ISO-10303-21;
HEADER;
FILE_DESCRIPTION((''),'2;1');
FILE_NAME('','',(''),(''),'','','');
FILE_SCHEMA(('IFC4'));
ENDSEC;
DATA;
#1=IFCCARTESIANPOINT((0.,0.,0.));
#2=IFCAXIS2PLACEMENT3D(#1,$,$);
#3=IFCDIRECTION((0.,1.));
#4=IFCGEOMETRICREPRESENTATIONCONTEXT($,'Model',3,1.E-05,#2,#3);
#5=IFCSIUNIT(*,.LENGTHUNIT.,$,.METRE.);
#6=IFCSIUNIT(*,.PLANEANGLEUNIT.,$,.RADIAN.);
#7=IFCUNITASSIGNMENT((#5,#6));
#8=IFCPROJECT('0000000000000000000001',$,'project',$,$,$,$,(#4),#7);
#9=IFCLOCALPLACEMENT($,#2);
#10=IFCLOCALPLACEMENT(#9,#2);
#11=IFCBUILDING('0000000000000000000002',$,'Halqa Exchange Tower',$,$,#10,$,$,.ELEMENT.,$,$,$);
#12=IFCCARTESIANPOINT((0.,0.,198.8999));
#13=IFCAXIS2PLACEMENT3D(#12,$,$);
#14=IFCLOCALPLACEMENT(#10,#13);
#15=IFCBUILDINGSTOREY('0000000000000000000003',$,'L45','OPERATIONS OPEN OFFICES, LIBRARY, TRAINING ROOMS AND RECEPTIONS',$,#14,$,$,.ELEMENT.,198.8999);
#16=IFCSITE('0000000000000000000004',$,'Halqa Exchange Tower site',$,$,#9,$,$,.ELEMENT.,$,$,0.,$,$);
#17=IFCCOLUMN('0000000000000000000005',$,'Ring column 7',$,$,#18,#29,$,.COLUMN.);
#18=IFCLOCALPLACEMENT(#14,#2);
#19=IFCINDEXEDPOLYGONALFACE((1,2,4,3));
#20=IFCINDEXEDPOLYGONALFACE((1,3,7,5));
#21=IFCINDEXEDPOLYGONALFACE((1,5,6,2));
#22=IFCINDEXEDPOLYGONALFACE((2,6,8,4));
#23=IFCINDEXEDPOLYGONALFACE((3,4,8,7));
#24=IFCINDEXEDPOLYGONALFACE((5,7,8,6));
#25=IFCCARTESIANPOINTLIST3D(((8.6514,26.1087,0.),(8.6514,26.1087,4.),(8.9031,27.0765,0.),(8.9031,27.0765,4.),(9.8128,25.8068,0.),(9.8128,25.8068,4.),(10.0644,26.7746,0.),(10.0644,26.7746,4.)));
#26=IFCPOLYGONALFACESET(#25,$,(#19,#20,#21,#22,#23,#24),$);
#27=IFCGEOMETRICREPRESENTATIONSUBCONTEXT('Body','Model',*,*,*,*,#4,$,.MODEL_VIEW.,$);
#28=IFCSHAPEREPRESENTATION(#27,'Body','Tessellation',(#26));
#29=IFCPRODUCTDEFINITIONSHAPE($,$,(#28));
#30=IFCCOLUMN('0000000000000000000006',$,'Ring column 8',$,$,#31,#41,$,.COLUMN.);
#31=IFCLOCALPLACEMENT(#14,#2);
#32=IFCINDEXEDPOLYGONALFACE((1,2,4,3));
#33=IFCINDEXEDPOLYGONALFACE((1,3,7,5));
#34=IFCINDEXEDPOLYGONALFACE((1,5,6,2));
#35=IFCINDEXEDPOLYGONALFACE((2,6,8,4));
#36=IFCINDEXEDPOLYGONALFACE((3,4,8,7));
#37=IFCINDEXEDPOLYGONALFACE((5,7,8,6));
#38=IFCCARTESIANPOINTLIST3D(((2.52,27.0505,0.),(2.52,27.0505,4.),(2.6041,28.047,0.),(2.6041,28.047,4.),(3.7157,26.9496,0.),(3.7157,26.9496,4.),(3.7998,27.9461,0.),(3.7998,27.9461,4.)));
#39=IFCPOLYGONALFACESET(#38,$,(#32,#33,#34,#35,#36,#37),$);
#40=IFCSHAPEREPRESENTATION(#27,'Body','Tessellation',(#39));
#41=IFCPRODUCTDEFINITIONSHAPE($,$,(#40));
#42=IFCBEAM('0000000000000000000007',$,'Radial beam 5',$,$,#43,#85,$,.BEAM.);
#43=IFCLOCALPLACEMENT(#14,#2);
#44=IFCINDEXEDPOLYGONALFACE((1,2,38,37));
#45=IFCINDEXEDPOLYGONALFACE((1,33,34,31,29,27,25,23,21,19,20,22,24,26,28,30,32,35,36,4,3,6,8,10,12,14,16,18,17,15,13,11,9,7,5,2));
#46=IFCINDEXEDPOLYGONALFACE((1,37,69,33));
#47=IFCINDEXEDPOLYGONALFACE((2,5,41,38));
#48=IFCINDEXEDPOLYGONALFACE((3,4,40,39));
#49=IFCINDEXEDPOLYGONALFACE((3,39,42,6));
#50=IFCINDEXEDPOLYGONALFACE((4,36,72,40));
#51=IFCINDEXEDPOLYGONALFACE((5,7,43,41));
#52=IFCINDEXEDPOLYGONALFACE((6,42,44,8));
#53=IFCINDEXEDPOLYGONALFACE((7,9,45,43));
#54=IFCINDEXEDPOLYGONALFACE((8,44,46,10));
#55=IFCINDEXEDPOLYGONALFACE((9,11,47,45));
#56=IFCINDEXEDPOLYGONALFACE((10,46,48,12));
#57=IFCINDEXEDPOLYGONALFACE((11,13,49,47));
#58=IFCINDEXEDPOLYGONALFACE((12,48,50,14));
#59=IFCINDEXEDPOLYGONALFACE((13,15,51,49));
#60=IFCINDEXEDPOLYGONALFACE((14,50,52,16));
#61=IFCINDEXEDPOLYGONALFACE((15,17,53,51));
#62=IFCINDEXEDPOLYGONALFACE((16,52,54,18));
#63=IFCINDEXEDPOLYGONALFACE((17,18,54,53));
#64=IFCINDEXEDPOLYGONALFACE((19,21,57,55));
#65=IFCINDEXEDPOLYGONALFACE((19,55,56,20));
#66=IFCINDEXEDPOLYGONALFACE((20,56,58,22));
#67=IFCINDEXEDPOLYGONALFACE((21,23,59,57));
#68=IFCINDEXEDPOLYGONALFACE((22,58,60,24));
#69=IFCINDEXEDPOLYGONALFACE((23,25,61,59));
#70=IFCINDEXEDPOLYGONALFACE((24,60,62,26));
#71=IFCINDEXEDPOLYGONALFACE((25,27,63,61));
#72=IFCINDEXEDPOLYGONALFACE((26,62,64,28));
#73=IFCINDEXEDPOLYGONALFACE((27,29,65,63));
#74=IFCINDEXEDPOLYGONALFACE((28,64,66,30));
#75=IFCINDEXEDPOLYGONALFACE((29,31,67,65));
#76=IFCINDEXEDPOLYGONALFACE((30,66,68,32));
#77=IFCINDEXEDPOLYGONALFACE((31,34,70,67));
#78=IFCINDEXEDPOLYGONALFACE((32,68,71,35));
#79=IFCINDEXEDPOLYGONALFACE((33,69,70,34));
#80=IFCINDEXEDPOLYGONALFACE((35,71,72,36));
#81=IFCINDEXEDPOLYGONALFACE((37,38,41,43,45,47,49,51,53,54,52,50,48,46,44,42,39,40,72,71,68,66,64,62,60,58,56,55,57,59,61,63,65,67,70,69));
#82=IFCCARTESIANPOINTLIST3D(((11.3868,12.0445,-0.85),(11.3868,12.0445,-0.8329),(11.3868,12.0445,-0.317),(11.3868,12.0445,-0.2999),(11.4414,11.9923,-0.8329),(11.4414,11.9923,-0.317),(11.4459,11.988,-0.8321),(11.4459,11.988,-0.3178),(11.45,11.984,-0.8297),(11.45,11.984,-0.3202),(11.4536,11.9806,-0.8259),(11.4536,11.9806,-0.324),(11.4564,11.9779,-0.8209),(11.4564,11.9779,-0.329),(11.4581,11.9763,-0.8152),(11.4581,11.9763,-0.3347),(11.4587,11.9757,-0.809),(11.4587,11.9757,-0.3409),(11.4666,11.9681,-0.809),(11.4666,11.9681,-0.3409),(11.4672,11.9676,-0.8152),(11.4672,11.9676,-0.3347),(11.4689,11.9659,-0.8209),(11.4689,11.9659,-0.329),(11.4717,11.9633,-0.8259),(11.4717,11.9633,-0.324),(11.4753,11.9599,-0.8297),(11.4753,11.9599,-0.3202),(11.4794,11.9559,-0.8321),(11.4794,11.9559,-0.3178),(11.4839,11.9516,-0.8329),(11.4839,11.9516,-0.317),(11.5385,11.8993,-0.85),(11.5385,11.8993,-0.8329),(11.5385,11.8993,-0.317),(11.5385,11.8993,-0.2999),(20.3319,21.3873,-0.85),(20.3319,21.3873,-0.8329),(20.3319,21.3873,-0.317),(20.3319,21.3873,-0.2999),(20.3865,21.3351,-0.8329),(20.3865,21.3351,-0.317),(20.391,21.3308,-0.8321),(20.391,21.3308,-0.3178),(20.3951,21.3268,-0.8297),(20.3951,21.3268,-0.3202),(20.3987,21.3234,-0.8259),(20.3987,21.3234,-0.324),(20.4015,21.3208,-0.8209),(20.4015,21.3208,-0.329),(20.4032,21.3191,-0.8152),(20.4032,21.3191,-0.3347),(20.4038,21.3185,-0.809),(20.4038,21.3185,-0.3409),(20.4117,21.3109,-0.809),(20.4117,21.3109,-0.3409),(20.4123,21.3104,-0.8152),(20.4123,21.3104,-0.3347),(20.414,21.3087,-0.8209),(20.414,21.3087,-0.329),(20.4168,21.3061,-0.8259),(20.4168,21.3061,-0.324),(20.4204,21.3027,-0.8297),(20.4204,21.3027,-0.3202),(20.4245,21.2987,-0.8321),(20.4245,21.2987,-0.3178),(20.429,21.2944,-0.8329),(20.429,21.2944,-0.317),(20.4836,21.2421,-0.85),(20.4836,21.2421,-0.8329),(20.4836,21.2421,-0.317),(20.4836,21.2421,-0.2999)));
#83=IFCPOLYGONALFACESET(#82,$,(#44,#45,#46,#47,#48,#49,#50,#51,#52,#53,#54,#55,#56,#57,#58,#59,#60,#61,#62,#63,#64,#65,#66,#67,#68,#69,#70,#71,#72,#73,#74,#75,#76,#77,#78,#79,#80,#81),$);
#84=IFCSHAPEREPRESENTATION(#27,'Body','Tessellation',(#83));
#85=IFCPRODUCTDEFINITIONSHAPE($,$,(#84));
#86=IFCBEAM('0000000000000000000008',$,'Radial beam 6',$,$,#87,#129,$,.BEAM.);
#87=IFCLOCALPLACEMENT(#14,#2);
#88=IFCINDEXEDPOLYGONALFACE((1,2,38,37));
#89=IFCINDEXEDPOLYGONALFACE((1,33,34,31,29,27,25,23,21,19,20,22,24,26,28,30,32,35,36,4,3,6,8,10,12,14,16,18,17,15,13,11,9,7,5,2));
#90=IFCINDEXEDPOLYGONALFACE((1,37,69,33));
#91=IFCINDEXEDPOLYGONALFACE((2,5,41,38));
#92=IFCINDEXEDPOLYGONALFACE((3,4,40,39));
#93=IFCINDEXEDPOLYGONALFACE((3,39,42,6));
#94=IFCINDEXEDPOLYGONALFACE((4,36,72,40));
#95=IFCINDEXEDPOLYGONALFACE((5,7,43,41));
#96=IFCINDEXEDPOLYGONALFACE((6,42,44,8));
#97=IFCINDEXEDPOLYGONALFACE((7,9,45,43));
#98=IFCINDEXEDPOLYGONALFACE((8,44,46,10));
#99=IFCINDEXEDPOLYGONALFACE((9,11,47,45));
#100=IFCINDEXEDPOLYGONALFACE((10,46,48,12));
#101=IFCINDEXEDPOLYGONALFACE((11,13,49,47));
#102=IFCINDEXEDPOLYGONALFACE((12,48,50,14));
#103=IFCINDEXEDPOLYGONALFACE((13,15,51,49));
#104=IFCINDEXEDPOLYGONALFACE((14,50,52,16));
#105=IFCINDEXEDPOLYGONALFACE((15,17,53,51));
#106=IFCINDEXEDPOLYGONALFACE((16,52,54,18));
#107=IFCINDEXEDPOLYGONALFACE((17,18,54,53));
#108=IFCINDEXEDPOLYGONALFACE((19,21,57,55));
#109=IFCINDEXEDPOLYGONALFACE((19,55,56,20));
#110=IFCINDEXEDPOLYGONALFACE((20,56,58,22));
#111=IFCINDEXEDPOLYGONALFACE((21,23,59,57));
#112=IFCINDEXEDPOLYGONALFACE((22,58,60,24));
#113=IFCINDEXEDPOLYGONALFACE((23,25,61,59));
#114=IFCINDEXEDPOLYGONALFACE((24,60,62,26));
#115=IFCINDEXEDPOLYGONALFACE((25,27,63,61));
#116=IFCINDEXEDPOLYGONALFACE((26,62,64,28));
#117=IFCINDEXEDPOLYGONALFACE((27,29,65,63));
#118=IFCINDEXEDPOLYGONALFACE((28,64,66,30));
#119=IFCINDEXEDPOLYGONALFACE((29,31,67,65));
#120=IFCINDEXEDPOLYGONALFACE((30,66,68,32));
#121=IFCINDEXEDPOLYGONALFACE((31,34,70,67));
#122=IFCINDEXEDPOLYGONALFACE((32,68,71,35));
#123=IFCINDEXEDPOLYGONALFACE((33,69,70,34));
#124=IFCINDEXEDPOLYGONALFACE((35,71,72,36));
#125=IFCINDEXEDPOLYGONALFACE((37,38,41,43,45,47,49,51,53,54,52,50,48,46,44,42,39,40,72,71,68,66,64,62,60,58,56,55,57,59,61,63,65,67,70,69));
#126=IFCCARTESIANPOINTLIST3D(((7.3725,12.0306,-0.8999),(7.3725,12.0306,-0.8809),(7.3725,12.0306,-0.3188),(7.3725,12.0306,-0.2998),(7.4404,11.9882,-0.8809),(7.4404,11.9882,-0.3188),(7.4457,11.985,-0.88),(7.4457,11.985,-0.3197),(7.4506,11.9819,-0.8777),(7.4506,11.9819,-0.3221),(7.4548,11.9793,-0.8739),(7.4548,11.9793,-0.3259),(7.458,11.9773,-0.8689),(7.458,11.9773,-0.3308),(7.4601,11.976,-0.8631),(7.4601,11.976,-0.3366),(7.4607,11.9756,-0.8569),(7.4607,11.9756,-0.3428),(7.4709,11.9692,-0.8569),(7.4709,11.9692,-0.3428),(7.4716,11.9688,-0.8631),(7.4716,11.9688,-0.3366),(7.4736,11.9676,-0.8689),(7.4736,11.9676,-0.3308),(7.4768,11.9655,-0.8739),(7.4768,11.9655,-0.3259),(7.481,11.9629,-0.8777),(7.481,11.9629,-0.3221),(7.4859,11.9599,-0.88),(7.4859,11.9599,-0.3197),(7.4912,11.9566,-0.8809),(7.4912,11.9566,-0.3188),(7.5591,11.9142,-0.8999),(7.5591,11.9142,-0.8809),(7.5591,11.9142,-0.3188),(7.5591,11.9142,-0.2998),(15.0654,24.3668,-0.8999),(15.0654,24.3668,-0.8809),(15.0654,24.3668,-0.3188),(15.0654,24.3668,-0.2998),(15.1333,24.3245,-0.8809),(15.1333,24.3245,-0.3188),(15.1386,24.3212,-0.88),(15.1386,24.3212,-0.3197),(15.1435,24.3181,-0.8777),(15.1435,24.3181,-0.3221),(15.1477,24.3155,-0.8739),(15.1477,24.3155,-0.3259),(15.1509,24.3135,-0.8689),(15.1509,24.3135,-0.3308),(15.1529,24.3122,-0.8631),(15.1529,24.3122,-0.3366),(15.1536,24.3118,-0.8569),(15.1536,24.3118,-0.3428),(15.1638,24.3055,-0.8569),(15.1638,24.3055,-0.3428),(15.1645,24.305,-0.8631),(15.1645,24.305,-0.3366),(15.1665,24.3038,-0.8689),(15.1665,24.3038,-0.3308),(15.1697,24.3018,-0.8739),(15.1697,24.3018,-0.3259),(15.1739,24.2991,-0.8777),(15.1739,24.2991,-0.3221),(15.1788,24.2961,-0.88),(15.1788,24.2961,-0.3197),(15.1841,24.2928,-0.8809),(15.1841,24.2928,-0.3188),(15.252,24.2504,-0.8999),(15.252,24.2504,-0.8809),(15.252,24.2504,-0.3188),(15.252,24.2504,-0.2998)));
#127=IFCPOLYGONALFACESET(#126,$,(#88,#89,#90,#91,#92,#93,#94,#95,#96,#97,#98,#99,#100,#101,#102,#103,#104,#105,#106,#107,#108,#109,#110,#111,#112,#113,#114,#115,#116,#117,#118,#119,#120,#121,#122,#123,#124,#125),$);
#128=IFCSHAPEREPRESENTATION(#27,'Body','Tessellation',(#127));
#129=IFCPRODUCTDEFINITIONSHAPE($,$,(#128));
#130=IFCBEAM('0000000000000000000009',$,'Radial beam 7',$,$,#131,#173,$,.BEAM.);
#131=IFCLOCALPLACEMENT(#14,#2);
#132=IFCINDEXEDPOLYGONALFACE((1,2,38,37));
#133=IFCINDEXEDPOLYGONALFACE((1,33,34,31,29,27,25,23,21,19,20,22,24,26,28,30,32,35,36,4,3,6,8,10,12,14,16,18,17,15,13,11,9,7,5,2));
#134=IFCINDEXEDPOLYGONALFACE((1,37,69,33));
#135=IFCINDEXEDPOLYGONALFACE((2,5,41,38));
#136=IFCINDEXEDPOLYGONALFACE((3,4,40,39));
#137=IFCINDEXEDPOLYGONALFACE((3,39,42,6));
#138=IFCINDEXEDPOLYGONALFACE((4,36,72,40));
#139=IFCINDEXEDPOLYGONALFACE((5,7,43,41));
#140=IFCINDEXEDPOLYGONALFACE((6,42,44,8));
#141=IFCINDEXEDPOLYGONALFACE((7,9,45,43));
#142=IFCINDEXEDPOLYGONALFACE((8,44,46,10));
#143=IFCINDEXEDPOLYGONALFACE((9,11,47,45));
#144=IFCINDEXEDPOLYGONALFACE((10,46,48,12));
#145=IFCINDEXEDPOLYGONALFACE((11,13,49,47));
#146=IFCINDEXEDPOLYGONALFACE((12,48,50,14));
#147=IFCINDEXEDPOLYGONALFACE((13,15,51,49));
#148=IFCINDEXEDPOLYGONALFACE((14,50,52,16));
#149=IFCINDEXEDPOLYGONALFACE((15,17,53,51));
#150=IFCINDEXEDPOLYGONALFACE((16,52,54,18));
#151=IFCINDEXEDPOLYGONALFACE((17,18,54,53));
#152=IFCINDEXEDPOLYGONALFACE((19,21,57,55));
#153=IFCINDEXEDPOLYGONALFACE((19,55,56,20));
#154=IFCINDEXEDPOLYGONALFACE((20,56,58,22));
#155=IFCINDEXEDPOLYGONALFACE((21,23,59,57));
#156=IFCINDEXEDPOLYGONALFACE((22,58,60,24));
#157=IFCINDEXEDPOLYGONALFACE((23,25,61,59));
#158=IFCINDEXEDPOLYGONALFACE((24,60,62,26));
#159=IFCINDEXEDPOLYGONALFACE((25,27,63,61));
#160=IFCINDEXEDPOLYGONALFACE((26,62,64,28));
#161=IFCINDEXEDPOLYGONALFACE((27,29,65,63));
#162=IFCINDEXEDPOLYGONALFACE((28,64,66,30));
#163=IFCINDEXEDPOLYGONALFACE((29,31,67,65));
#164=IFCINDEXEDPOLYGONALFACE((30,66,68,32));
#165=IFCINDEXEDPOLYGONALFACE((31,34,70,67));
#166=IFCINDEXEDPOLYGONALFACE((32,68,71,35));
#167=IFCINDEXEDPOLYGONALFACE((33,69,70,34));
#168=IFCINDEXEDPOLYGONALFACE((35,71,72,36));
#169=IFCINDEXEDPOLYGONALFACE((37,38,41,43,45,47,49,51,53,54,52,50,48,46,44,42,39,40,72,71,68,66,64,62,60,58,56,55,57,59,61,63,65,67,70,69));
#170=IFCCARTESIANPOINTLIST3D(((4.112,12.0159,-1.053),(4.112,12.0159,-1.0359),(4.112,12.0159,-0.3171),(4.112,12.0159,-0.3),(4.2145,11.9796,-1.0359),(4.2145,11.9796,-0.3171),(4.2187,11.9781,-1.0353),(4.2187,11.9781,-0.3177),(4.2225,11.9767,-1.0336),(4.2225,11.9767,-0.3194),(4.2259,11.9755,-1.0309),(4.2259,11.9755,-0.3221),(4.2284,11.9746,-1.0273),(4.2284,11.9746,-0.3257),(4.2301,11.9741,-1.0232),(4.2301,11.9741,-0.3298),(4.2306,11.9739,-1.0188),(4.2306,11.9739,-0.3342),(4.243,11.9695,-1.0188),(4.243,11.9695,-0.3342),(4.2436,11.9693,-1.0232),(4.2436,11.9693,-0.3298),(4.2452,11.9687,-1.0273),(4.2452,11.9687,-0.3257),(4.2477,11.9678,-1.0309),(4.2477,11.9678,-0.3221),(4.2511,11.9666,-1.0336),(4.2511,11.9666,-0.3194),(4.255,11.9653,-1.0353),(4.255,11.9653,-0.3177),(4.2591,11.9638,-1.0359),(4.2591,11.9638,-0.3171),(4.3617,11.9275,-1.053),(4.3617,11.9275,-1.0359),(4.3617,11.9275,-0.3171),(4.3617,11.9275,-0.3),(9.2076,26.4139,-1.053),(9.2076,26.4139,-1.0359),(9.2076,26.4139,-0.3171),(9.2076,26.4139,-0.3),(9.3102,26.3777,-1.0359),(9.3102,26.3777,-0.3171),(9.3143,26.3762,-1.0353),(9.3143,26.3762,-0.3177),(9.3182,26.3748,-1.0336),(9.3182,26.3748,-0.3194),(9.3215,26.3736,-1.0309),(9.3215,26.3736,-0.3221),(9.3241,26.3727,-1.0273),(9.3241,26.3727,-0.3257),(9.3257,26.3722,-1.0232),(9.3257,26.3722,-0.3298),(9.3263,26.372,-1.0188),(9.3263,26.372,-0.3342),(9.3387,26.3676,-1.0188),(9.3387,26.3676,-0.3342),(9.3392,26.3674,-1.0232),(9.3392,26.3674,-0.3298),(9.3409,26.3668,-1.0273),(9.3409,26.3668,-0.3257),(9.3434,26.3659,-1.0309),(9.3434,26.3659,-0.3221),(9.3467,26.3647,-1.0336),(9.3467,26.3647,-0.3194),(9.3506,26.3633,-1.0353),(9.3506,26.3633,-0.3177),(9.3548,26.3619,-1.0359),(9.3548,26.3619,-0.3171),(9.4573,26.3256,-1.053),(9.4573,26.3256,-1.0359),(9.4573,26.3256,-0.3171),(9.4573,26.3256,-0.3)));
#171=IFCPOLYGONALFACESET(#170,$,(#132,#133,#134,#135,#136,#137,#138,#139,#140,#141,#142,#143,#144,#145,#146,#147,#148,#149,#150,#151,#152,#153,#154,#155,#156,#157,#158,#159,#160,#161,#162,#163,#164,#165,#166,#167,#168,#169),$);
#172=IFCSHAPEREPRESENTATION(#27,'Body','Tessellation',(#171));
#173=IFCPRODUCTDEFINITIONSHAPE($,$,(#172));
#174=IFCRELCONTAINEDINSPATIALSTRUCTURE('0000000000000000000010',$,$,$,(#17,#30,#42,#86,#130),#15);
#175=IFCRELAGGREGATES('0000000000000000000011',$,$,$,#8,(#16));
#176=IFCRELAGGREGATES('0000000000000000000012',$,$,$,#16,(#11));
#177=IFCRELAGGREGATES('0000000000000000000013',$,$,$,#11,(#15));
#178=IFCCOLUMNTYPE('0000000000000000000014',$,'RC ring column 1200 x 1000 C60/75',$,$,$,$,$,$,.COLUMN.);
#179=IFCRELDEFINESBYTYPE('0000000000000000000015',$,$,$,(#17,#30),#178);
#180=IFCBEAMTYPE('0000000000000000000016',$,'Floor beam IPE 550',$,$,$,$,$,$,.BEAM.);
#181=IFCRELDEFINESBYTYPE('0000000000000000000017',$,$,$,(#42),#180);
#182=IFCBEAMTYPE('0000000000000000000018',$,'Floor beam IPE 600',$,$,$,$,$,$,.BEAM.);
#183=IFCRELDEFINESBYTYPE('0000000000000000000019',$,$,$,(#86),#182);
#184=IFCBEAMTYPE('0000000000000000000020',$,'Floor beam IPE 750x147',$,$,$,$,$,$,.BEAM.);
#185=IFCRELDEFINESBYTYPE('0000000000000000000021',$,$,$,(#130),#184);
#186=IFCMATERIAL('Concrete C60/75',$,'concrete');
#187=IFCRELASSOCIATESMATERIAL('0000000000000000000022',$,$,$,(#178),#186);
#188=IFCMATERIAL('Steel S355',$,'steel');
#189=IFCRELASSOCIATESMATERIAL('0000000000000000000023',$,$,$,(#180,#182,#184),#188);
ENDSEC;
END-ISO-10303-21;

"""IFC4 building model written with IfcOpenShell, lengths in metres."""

from ifc_helpers import new_model, si_unit, direction, frame, origin, origin_2d, place, context, subcontext, project, spatial, rectangle, i_section, extrude, material, material_profile, profile_set, type_object, element, save


model = new_model("IFC4")

# Units and contexts
model_context = context("Model", 3, precision=1e-05, world=origin(), true_north=direction((0.0, 1.0)))
body_context = subcontext(model_context, "Body", "Model", "MODEL_VIEW")
ifc_project = project(units=[si_unit("LENGTHUNIT", "METRE"), si_unit("PLANEANGLEUNIT", "RADIAN")], contexts=[model_context])

# Site, building, storey
site_placement = place(None, origin())
site = spatial("IfcSite", under=ifc_project, at=site_placement, Name="Halqa Exchange Tower site", CompositionType="ELEMENT", RefElevation=0.0)
building_placement = place(site_placement, origin())
building = spatial("IfcBuilding", under=site, at=building_placement, Name="Halqa Exchange Tower", CompositionType="ELEMENT")
storey_placement = place(building_placement, frame((0.0, 0.0, 198.8999)))
storey = spatial("IfcBuildingStorey", under=building, at=storey_placement, Name="L45", Description="OPERATIONS OPEN OFFICES, LIBRARY, TRAINING ROOMS AND RECEPTIONS", CompositionType="ELEMENT", Elevation=198.8999)

# Columns
ifc_material_1 = material(Name="Concrete C60/75", Category="concrete")
ifc_material_profile_1 = material_profile(ifc_material_1, rectangle(XDim=1.2, YDim=1.0, at=origin_2d()), Name="1200 x 1000")
ifc_profile_set_1 = profile_set([ifc_material_profile_1], Name="Concrete C60/75")
column_type = type_object("IfcColumnType", Name="RC ring column 1200 x 1000 C60/75", PredefinedType="COLUMN", material=ifc_profile_set_1)
for number, where, z_axis, x_axis, name in (
    (1, (9.3579, 26.4417, 0.0), (0.0, 0.0, 1.0), (-0.96782, 0.251642, 0.0), "Ring column 7"),
    (2, (3.1599, 27.4983, 0.0), (0.0, 0.0, 1.0), (-0.996456, 0.084118, 0.0), "Ring column 8"),
):
    element("IfcColumn", number, at=place(storey_placement, frame(where, z_axis=z_axis, x_axis=x_axis)), inside=storey, type_object=column_type, Name=name, PredefinedType="COLUMN", context=body_context, shape_type="SweptSolid", body=[
        extrude(rectangle(XDim=1.2, YDim=1.0, at=origin_2d()), origin(), (0.0, 0.0, 1.0), 4.0),
    ])

# Beams
ifc_material_2 = material(Name="Steel S355", Category="steel")
ifc_material_profile_2 = material_profile(ifc_material_2, i_section(OverallWidth=0.21, OverallDepth=0.55, WebThickness=0.011, FlangeThickness=0.0171, FilletRadius=0.0239, at=origin_2d()), Name="IPE 550")
ifc_profile_set_2 = profile_set([ifc_material_profile_2], Name="Steel S355")
beam_type_1 = type_object("IfcBeamType", Name="Floor beam IPE 550", PredefinedType="BEAM", material=ifc_profile_set_2)
beam_1_placement = place(storey_placement, frame((11.4626, 11.9719, -0.575), z_axis=(0.691566, 0.722313, 0.0), x_axis=(-0.722313, 0.691566, 0.0)))
element("IfcBeam", 3, at=beam_1_placement, inside=storey, type_object=beam_type_1, Name="Radial beam 5", PredefinedType="BEAM", context=body_context, shape_type="SweptSolid", body=[
    extrude(i_section(OverallWidth=0.21, OverallDepth=0.55, WebThickness=0.011, FlangeThickness=0.0171, FilletRadius=0.0239, at=origin_2d()), origin(), (0.0, 0.0, 1.0), 12.9346),
])
ifc_material_profile_3 = material_profile(ifc_material_2, i_section(OverallWidth=0.22, OverallDepth=0.6001, WebThickness=0.012, FlangeThickness=0.019, FilletRadius=0.0239, at=origin_2d()), Name="IPE 600")
ifc_profile_set_3 = profile_set([ifc_material_profile_3], Name="Steel S355")
beam_type_2 = type_object("IfcBeamType", Name="Floor beam IPE 600", PredefinedType="BEAM", material=ifc_profile_set_3)
beam_2_placement = place(storey_placement, frame((7.4658, 11.9724, -0.5999), z_axis=(0.529146, 0.848531, 0.0), x_axis=(-0.848531, 0.529146, 0.0)))
element("IfcBeam", 4, at=beam_2_placement, inside=storey, type_object=beam_type_2, Name="Radial beam 6", PredefinedType="BEAM", context=body_context, shape_type="SweptSolid", body=[
    extrude(i_section(OverallWidth=0.22, OverallDepth=0.6001, WebThickness=0.012, FlangeThickness=0.019, FilletRadius=0.0239, at=origin_2d()), origin(), (0.0, 0.0, 1.0), 14.5383),
])
ifc_material_profile_4 = material_profile(ifc_material_2, i_section(OverallWidth=0.2649, OverallDepth=0.7529, WebThickness=0.0132, FlangeThickness=0.0171, FilletRadius=0.0171, at=origin_2d()), Name="IPE 750x147")
ifc_profile_set_4 = profile_set([ifc_material_profile_4], Name="Steel S355")
beam_type_3 = type_object("IfcBeamType", Name="Floor beam IPE 750x147", PredefinedType="BEAM", material=ifc_profile_set_4)
beam_3_placement = place(storey_placement, frame((4.2368, 11.9717, -0.6765), z_axis=(0.333634, 0.942703, 0.0), x_axis=(-0.942703, 0.333634, 0.0)))
element("IfcBeam", 5, at=beam_3_placement, inside=storey, type_object=beam_type_3, Name="Radial beam 7", PredefinedType="BEAM", context=body_context, shape_type="SweptSolid", body=[
    extrude(i_section(OverallWidth=0.2649, OverallDepth=0.7529, WebThickness=0.0132, FlangeThickness=0.0171, FilletRadius=0.0171, at=origin_2d()), origin(), (0.0, 0.0, 1.0), 15.2732),
])

save(model, "model.ifc")
